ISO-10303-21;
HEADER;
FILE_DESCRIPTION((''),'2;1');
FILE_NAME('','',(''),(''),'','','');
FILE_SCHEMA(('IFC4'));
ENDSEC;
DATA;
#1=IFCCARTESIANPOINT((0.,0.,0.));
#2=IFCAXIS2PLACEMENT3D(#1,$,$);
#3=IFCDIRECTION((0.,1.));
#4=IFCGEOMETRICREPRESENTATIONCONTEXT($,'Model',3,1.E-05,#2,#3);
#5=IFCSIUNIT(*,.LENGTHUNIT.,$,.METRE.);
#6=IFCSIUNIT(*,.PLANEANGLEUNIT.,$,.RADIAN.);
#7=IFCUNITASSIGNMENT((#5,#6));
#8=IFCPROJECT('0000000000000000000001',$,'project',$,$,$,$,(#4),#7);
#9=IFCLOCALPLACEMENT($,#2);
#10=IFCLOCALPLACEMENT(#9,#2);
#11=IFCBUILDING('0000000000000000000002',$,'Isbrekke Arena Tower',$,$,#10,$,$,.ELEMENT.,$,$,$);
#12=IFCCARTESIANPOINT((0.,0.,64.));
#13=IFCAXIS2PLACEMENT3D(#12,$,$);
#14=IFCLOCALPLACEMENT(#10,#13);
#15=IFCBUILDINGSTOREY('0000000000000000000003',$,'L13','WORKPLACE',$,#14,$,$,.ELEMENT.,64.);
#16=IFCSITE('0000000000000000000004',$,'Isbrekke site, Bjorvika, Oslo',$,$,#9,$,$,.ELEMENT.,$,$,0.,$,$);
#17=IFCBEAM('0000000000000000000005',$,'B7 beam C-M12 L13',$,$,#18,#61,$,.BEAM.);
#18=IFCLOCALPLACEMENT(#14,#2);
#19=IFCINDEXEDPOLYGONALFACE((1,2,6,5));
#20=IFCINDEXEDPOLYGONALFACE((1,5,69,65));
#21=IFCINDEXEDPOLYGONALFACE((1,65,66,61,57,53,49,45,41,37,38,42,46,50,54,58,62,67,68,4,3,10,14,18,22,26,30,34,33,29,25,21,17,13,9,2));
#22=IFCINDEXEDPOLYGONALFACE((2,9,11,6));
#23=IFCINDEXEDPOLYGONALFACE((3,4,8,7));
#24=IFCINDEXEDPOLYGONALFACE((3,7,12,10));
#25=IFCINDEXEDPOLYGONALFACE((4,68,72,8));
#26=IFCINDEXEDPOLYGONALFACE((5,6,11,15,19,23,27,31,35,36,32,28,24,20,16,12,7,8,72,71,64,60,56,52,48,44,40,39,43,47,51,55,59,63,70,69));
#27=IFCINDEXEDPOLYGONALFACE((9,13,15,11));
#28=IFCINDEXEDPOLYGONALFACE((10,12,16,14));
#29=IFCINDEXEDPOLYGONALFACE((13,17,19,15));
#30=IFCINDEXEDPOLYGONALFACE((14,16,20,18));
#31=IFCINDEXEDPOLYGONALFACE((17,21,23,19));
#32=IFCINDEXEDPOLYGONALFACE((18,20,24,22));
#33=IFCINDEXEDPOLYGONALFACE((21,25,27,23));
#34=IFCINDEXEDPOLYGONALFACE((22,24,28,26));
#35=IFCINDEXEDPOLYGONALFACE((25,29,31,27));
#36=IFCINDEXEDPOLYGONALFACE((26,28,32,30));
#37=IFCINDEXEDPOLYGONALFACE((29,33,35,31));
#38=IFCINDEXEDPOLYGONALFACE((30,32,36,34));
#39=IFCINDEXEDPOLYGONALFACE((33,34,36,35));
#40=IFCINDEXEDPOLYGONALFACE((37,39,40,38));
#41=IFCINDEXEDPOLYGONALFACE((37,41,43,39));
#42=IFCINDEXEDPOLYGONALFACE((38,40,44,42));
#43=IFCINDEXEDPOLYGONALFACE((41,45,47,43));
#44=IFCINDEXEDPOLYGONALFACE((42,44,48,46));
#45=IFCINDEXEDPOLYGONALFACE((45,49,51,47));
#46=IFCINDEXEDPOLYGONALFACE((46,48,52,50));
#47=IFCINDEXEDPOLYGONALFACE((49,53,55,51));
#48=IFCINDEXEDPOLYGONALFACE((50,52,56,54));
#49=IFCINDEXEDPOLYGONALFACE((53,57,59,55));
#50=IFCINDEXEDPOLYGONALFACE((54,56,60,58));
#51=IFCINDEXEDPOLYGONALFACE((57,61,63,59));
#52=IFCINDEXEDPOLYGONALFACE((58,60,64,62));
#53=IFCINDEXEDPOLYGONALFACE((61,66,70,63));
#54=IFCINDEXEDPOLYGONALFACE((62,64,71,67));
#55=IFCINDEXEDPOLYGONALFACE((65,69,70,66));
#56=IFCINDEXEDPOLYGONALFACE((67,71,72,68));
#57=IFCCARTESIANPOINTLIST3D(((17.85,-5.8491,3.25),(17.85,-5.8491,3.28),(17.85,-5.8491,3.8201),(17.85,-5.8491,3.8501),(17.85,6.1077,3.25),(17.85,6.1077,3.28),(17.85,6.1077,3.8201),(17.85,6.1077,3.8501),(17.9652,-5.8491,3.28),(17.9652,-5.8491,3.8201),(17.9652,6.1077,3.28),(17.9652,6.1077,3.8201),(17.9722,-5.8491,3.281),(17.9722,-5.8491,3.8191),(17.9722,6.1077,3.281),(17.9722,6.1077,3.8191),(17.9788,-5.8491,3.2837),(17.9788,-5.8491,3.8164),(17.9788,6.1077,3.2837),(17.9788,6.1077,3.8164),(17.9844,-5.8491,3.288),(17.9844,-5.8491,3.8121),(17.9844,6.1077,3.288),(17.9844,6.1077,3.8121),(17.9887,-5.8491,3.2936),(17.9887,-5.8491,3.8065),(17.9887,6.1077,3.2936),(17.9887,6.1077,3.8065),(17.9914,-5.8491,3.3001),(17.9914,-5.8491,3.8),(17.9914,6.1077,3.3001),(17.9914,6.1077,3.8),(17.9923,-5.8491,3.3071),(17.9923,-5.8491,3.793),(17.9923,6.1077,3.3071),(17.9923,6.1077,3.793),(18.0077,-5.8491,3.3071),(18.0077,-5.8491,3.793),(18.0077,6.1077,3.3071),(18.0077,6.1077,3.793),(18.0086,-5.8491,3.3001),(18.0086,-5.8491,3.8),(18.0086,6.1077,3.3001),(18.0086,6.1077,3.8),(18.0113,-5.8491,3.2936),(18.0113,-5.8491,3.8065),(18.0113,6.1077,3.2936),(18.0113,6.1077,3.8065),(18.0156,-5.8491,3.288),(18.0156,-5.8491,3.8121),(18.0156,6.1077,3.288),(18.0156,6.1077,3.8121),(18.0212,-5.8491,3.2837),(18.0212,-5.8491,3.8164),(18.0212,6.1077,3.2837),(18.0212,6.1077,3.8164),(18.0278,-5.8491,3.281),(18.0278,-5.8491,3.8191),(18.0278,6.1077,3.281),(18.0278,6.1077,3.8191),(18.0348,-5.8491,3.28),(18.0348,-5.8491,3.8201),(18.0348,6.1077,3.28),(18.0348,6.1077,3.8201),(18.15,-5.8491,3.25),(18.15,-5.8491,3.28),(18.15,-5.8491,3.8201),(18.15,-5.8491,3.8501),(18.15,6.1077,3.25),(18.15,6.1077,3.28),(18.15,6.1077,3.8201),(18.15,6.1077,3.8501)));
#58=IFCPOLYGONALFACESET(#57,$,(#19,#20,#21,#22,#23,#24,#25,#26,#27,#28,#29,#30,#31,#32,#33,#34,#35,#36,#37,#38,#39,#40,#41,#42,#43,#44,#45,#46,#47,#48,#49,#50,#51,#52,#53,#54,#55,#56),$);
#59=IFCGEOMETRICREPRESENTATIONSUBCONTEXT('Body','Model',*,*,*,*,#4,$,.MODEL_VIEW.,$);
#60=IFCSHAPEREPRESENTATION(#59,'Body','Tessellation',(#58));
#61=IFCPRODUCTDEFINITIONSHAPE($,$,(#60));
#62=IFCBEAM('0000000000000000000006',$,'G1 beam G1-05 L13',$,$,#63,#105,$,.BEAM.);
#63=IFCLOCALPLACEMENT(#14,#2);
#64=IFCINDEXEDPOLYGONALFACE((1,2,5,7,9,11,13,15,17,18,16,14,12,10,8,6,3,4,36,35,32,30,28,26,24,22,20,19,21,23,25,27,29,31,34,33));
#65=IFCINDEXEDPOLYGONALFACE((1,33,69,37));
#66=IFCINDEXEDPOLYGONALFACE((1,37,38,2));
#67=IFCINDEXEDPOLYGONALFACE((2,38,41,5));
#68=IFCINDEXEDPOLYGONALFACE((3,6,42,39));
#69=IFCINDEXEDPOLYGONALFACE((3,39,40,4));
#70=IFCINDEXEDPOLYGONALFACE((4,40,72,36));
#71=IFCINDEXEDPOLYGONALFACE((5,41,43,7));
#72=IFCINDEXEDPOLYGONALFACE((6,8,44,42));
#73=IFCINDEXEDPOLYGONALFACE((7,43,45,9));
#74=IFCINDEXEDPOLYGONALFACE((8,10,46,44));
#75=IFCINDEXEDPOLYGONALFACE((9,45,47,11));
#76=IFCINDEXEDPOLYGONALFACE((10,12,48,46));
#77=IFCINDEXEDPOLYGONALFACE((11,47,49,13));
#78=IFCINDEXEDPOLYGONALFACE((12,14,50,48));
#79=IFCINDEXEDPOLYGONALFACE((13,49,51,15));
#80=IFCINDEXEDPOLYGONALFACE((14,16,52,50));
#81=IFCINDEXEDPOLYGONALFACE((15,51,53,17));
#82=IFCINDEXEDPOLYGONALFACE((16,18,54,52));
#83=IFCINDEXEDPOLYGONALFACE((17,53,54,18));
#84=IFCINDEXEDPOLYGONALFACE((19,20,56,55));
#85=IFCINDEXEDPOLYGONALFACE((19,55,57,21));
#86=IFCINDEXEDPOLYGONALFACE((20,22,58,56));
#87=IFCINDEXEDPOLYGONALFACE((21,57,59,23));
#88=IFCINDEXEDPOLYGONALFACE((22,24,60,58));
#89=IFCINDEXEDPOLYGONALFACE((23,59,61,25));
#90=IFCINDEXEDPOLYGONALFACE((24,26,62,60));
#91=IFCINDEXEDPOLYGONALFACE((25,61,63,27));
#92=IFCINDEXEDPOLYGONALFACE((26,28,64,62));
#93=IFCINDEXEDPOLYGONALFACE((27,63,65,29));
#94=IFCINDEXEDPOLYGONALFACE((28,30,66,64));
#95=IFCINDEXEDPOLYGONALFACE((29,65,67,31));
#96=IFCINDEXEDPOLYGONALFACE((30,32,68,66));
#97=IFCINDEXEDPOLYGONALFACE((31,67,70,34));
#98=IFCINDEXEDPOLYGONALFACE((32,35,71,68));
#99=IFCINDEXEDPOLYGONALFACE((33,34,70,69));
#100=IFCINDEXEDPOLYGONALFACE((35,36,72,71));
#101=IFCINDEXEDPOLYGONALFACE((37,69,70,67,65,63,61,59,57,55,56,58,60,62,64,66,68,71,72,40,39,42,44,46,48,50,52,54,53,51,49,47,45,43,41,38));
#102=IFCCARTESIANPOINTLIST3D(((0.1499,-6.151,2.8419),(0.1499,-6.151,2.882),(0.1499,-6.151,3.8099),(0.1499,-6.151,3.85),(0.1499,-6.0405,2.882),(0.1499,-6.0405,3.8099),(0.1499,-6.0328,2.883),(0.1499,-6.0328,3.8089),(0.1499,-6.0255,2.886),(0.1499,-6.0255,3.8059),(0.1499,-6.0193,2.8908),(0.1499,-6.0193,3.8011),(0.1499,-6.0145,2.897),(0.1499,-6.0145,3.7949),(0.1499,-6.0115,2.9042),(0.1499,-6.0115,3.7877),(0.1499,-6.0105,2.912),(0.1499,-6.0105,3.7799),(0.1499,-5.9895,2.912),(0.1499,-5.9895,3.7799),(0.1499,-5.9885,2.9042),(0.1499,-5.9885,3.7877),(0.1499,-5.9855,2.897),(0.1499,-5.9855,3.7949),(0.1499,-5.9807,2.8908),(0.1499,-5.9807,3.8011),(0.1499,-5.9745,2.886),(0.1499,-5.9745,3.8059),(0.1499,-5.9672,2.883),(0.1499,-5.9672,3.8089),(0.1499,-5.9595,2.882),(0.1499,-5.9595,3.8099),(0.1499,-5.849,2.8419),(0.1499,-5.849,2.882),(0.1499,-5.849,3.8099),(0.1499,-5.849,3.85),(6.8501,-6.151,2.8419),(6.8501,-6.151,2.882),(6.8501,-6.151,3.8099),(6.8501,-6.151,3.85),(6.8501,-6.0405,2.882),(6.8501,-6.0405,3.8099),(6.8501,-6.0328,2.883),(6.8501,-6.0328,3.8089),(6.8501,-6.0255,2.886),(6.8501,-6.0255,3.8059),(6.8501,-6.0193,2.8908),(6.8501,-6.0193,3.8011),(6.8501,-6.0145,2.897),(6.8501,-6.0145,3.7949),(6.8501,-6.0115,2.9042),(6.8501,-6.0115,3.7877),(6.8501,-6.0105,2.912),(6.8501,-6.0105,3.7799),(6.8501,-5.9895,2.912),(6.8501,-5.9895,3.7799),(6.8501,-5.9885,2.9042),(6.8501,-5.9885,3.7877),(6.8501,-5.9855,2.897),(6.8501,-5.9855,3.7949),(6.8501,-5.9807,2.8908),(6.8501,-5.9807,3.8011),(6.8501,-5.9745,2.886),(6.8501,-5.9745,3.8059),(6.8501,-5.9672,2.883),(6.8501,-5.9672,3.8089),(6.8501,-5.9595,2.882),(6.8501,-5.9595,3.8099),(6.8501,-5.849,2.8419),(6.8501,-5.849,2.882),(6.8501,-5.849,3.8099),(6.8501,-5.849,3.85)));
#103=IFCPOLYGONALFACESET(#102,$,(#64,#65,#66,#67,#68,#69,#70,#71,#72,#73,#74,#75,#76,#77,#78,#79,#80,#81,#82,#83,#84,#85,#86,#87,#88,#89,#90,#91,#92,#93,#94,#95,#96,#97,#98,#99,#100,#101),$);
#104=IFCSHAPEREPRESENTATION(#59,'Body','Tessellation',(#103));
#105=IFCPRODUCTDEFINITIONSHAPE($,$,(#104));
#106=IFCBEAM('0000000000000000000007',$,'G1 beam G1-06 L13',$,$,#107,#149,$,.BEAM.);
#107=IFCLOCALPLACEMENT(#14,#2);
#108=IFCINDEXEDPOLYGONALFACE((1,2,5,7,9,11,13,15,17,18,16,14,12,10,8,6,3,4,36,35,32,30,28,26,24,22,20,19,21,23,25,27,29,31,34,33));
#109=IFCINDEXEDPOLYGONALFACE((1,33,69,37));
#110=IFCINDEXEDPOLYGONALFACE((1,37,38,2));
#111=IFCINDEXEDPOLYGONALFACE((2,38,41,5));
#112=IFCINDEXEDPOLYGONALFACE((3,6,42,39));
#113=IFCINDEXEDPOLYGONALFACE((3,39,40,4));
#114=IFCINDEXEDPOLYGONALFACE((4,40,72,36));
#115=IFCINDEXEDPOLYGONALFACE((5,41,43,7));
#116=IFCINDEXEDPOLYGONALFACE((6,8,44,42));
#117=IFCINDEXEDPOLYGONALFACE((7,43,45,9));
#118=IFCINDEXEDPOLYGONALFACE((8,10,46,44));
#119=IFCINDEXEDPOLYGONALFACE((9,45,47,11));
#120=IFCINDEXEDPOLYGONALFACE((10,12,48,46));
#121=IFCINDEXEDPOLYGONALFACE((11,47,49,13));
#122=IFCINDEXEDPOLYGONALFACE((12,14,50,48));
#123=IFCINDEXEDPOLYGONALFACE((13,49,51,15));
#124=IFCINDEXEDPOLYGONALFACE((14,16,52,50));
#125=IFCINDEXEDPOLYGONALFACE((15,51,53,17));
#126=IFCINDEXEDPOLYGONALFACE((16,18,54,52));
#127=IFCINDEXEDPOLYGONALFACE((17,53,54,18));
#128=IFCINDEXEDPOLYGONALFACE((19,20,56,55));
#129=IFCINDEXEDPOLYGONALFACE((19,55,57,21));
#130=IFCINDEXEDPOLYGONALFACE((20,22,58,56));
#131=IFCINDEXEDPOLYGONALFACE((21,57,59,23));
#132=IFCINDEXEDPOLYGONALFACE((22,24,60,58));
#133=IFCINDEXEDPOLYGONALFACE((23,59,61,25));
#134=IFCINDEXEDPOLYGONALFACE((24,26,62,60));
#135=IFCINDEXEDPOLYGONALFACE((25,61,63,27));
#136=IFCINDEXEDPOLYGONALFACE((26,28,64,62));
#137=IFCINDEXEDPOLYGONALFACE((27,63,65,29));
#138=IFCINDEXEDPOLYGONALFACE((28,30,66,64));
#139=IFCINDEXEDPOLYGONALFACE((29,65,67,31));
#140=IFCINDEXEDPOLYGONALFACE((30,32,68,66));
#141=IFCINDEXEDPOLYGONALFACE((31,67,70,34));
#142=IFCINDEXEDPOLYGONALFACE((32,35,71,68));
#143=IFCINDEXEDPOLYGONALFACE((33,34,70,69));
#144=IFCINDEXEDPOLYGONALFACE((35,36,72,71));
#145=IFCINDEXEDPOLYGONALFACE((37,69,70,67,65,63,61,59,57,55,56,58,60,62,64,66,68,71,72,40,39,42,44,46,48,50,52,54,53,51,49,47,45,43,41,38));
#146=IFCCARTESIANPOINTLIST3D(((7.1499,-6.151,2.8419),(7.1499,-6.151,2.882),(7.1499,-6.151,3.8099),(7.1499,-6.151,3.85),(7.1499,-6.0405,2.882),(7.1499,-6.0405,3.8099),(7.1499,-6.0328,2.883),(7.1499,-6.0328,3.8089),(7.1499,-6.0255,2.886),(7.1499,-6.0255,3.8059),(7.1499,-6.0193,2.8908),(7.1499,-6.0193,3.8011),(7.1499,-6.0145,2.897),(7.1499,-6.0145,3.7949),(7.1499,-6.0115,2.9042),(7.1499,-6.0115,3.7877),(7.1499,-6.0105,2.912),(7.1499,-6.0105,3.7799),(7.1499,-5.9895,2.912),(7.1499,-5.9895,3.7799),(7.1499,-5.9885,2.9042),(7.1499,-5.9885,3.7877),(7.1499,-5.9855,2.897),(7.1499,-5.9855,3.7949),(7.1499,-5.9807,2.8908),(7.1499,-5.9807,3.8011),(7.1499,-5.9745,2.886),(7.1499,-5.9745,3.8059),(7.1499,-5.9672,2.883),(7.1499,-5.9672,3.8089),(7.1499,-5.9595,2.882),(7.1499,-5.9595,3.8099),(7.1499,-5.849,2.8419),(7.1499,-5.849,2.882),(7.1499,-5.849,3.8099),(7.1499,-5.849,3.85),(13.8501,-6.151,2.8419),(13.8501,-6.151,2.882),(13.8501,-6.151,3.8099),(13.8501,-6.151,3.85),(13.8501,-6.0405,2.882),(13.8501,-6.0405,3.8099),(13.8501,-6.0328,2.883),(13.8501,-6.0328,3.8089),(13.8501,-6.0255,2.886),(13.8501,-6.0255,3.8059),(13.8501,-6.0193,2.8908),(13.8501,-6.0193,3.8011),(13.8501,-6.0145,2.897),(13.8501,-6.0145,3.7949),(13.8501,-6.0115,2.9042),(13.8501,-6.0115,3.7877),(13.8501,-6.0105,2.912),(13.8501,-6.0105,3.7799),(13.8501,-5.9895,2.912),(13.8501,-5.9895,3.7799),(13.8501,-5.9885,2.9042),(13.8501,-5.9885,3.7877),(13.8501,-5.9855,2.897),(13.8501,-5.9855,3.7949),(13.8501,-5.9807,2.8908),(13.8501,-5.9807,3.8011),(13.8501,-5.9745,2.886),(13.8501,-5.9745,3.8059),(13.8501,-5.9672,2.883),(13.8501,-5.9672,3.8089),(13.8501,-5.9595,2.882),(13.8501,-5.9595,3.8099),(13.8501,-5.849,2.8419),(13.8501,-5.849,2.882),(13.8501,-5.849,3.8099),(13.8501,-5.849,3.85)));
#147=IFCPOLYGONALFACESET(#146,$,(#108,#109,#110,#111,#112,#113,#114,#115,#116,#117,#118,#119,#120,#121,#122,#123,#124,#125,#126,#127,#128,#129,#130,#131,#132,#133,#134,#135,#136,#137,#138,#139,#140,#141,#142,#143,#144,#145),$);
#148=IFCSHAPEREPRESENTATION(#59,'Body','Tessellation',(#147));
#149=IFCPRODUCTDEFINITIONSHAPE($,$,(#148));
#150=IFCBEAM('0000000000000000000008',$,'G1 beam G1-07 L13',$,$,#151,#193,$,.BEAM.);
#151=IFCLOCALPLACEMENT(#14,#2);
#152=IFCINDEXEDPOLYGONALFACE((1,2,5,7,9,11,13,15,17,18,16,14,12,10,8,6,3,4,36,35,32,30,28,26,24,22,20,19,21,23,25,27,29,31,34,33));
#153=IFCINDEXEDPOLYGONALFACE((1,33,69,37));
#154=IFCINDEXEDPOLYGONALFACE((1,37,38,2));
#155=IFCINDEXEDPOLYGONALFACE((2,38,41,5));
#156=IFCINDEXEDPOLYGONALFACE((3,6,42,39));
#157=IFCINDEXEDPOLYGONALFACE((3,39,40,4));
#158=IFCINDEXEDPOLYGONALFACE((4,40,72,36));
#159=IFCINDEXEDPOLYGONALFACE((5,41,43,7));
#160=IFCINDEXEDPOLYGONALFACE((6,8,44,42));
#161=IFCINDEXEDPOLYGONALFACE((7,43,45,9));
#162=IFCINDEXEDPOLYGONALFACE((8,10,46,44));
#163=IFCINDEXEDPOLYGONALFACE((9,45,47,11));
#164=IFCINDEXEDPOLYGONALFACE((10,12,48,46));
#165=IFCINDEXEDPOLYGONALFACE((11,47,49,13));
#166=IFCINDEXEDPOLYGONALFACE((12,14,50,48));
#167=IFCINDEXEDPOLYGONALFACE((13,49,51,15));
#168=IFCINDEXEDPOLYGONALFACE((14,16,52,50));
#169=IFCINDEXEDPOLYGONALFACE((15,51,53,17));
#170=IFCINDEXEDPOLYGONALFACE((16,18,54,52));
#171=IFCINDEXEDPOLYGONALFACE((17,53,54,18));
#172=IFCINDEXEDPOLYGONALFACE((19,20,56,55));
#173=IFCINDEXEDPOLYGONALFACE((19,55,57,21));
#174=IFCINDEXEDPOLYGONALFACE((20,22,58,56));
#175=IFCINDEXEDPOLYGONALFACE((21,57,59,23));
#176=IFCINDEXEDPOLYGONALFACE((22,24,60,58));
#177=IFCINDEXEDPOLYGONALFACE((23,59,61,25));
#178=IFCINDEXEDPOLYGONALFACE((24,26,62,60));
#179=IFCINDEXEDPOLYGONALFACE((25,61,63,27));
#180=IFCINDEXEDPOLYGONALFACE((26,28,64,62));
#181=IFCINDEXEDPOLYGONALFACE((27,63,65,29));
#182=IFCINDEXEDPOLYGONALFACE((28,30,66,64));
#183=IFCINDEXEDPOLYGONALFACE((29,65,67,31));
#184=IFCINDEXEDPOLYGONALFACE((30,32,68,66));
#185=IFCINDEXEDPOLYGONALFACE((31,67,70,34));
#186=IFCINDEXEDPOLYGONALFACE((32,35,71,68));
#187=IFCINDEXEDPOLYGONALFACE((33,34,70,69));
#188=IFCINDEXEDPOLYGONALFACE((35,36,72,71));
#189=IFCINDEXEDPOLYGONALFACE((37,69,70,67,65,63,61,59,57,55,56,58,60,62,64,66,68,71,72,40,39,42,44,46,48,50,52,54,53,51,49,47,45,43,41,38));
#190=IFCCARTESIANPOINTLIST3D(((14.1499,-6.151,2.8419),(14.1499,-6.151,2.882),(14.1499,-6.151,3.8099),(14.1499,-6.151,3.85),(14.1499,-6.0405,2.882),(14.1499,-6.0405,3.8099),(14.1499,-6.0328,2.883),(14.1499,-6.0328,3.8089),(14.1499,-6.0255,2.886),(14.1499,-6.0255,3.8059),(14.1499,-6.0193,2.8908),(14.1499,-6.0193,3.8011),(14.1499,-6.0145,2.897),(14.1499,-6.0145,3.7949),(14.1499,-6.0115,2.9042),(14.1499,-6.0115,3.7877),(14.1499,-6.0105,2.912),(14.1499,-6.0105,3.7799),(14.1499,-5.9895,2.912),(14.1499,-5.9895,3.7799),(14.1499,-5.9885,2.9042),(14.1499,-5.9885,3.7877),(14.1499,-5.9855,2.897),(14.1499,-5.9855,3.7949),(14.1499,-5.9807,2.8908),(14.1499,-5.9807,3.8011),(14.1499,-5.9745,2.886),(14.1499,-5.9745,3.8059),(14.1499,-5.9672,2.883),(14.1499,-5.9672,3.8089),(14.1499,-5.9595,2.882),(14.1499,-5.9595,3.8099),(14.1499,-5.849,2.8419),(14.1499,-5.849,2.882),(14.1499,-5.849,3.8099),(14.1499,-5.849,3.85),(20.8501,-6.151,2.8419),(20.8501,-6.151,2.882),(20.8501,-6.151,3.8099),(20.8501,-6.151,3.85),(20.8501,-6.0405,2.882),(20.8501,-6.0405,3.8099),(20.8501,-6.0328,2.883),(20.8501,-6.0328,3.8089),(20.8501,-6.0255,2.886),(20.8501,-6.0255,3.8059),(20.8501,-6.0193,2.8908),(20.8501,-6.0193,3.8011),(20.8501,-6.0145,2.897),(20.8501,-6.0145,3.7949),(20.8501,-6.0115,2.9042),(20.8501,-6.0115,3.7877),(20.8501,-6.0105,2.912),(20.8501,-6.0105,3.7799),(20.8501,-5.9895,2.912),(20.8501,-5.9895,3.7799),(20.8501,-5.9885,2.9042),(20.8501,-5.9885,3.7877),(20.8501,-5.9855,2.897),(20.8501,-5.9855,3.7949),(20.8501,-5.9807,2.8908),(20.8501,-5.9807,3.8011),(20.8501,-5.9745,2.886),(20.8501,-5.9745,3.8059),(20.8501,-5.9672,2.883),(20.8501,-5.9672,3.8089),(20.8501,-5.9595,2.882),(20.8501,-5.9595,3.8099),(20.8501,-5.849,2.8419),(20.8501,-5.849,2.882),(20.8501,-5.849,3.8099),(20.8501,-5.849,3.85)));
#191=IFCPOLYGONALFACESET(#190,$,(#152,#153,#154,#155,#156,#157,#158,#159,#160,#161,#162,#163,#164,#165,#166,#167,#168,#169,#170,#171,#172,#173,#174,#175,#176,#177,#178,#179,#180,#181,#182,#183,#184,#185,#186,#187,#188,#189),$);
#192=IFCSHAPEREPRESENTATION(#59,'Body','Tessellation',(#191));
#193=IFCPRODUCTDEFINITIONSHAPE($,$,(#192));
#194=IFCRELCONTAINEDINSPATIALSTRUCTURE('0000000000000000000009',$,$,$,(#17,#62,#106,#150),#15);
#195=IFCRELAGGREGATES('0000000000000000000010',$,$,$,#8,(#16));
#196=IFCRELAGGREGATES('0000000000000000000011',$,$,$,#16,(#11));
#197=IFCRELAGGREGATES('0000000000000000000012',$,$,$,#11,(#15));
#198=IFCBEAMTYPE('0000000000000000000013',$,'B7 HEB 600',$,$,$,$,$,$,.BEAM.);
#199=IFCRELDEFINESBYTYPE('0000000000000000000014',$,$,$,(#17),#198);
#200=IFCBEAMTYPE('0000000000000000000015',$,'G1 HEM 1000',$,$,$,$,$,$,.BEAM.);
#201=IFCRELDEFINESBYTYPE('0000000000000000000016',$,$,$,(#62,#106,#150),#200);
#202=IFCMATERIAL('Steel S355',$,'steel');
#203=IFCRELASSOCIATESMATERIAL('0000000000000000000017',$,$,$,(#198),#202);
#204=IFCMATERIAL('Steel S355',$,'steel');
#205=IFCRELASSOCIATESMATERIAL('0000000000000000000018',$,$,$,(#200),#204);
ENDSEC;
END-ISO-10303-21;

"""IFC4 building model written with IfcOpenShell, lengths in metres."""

from ifc_helpers import new_model, si_unit, direction, frame, origin, origin_2d, place, context, subcontext, project, spatial, i_section, extrude, material, material_profile, profile_set, type_object, element, save


model = new_model("IFC4")

# Units and contexts
model_context = context("Model", 3, precision=1e-05, world=origin(), true_north=direction((0.0, 1.0)))
body_context = subcontext(model_context, "Body", "Model", "MODEL_VIEW")
ifc_project = project(units=[si_unit("LENGTHUNIT", "METRE"), si_unit("PLANEANGLEUNIT", "RADIAN")], contexts=[model_context])

# Site, building, storey
site_placement = place(None, origin())
site = spatial("IfcSite", under=ifc_project, at=site_placement, Name="Isbrekke site, Bjorvika, Oslo", CompositionType="ELEMENT", RefElevation=0.0)
building_placement = place(site_placement, origin())
building = spatial("IfcBuilding", under=site, at=building_placement, Name="Isbrekke Arena Tower", CompositionType="ELEMENT")
storey_placement = place(building_placement, frame((0.0, 0.0, 64.0)))
storey = spatial("IfcBuildingStorey", under=building, at=storey_placement, Name="L13", Description="WORKPLACE", CompositionType="ELEMENT", Elevation=64.0)

# Beams
ifc_material_1 = material(Name="Steel S355", Category="steel")
ifc_material_profile_1 = material_profile(ifc_material_1, i_section(OverallWidth=0.3, OverallDepth=0.6001, WebThickness=0.0154, FlangeThickness=0.03, FilletRadius=0.0271, at=origin_2d()), Name="HEB 600")
ifc_profile_set_1 = profile_set([ifc_material_profile_1], Name="Steel S355")
beam_type_1 = type_object("IfcBeamType", Name="B7 HEB 600", PredefinedType="BEAM", material=ifc_profile_set_1)
beam_1_placement = place(storey_placement, frame((18.0, -5.8491, 3.55), z_axis=(0.0, 1.0, 0.0), x_axis=(-1.0, 0.0, 0.0)))
element("IfcBeam", 1, at=beam_1_placement, inside=storey, type_object=beam_type_1, Name="B7 beam C-M12 L13", PredefinedType="BEAM", context=body_context, shape_type="SweptSolid", body=[
    extrude(i_section(OverallWidth=0.3, OverallDepth=0.6001, WebThickness=0.0154, FlangeThickness=0.03, FilletRadius=0.0271, at=origin_2d()), origin(), (0.0, 0.0, 1.0), 11.9568),
])
ifc_material_2 = material(Name="Steel S355", Category="steel")
ifc_material_profile_2 = material_profile(ifc_material_2, i_section(OverallWidth=0.302, OverallDepth=1.0081, WebThickness=0.021, FlangeThickness=0.04, FilletRadius=0.03, at=origin_2d()), Name="HEM 1000")
ifc_profile_set_2 = profile_set([ifc_material_profile_2], Name="Steel S355")
beam_type_2 = type_object("IfcBeamType", Name="G1 HEM 1000", PredefinedType="BEAM", material=ifc_profile_set_2)
for number, where, z_axis, x_axis, name in (
    (2, (0.1499, -6.0, 3.3459), (1.0, 0.0, 0.0), (0.0, 1.0, 0.0), "G1 beam G1-05 L13"),
    (3, (7.1499, -6.0, 3.3459), (1.0, 0.0, 0.0), (0.0, 1.0, 0.0), "G1 beam G1-06 L13"),
    (4, (14.1499, -6.0, 3.3459), (1.0, 0.0, 0.0), (0.0, 1.0, 0.0), "G1 beam G1-07 L13"),
):
    element("IfcBeam", number, at=place(storey_placement, frame(where, z_axis=z_axis, x_axis=x_axis)), inside=storey, type_object=beam_type_2, Name=name, PredefinedType="BEAM", context=body_context, shape_type="SweptSolid", body=[
        extrude(i_section(OverallWidth=0.302, OverallDepth=1.0081, WebThickness=0.021, FlangeThickness=0.04, FilletRadius=0.03, at=origin_2d()), origin(), (0.0, 0.0, 1.0), 6.7002),
    ])

save(model, "model.ifc")
